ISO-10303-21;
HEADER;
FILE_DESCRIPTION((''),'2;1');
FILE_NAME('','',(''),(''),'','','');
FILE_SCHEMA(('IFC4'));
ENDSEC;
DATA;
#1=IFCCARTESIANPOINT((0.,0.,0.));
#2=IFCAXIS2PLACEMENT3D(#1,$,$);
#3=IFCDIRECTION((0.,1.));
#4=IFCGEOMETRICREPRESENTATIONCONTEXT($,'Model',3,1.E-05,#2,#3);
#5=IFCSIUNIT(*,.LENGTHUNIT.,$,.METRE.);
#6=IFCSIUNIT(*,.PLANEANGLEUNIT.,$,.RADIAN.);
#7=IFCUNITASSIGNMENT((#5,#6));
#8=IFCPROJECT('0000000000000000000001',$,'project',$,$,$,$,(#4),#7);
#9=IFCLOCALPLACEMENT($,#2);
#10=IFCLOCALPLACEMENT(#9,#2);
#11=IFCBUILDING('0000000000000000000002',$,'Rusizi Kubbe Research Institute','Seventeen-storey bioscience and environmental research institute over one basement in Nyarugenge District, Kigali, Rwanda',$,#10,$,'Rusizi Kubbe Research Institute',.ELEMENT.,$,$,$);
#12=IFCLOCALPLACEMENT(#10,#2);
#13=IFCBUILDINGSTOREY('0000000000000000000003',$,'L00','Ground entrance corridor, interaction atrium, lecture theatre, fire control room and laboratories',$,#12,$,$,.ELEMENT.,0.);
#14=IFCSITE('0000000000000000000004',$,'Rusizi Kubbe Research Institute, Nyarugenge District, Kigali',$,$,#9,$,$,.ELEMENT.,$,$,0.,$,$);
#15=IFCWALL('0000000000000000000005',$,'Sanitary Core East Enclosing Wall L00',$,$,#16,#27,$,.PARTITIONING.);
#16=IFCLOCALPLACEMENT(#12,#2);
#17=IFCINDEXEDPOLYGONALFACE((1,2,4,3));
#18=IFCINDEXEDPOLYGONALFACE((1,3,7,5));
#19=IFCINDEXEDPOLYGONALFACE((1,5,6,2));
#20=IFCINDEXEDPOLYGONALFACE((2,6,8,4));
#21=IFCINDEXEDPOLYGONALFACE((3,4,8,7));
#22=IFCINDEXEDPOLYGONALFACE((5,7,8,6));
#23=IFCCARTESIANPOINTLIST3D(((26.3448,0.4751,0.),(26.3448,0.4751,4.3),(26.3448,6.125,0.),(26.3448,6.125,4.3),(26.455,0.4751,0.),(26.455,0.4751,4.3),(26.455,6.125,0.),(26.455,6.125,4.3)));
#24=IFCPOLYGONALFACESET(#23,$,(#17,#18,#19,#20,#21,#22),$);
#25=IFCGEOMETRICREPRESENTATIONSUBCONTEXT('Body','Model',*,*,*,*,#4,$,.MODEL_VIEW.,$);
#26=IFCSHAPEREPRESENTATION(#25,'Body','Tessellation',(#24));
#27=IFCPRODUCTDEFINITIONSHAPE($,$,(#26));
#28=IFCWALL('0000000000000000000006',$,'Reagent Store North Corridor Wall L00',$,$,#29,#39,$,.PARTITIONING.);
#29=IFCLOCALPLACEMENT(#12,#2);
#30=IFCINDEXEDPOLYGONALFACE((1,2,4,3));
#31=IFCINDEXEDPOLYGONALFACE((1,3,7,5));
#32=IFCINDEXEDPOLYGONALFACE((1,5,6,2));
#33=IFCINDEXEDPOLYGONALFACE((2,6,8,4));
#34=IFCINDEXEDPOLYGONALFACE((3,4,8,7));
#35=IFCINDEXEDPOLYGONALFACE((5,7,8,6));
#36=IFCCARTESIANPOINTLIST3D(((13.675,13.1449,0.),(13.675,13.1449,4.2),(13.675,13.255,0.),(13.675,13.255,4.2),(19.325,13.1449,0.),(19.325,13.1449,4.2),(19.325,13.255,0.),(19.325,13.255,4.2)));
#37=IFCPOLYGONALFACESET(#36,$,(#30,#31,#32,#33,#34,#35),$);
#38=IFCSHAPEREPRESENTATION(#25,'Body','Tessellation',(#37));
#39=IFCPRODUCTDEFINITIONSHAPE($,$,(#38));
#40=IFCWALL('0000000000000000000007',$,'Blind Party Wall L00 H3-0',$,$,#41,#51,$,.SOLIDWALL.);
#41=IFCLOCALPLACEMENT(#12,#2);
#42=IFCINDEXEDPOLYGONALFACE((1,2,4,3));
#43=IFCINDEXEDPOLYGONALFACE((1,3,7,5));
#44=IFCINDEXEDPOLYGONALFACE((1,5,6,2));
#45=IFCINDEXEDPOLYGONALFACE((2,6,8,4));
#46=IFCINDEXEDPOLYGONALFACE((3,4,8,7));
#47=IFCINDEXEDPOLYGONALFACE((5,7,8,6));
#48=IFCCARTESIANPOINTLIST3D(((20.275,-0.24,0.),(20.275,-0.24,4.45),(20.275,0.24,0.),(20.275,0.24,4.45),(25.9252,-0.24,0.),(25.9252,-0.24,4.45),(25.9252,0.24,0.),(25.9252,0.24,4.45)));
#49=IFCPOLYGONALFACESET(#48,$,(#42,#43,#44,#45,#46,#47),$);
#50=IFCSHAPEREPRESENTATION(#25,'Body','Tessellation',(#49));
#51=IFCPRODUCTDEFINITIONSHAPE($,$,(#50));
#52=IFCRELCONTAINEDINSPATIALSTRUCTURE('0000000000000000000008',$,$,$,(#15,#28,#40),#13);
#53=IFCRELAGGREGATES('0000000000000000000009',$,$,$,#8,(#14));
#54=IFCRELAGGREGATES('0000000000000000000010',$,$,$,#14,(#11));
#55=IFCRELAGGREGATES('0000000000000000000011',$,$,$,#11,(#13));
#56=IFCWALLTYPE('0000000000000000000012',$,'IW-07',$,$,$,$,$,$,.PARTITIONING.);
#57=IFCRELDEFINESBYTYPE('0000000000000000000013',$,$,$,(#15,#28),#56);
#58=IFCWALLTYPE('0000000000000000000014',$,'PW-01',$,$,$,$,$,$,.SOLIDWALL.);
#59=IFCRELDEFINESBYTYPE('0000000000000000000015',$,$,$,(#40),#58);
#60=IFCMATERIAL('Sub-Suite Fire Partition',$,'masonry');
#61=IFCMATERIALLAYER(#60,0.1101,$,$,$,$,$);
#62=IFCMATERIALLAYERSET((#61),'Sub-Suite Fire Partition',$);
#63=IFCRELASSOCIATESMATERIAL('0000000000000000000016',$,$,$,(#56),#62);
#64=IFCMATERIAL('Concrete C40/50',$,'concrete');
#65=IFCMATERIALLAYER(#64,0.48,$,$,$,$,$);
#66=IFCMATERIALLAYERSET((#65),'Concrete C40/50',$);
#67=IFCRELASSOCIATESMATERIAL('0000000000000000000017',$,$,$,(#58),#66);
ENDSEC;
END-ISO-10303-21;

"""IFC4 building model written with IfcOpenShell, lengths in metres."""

from ifc_helpers import new_model, si_unit, direction, frame, frame_2d, origin, place, context, subcontext, project, spatial, rectangle, extrude, material, layer, layer_set, type_object, element, save


model = new_model("IFC4")

# Units and contexts
model_context = context("Model", 3, precision=1e-05, world=origin(), true_north=direction((0.0, 1.0)))
body_context = subcontext(model_context, "Body", "Model", "MODEL_VIEW")
ifc_project = project(units=[si_unit("LENGTHUNIT", "METRE"), si_unit("PLANEANGLEUNIT", "RADIAN")], contexts=[model_context])

# Site, building, storey
site_placement = place(None, origin())
site = spatial("IfcSite", under=ifc_project, at=site_placement, Name="Rusizi Kubbe Research Institute, Nyarugenge District, Kigali", CompositionType="ELEMENT", RefElevation=0.0)
building_placement = place(site_placement, origin())
building = spatial("IfcBuilding", under=site, at=building_placement, Name="Rusizi Kubbe Research Institute", Description="Seventeen-storey bioscience and environmental research institute over one basement in Nyarugenge District, Kigali, Rwanda", LongName="Rusizi Kubbe Research Institute", CompositionType="ELEMENT")
storey_placement = place(building_placement, origin())
storey = spatial("IfcBuildingStorey", under=building, at=storey_placement, Name="L00", Description="Ground entrance corridor, interaction atrium, lecture theatre, fire control room and laboratories", CompositionType="ELEMENT", Elevation=0.0)

# Walls
ifc_material_1 = material(Name="Sub-Suite Fire Partition", Category="masonry")
ifc_layer_1 = layer(ifc_material_1, 0.1101)
ifc_layer_set_1 = layer_set([ifc_layer_1], Name="Sub-Suite Fire Partition")
wall_type_1 = type_object("IfcWallType", Name="IW-07", PredefinedType="PARTITIONING", material=ifc_layer_set_1)
wall_1_placement = place(storey_placement, frame((26.3999, 0.4751, 0.0), z_axis=(0.0, 0.0, 1.0), x_axis=(0.0, 1.0, 0.0)))
element("IfcWall", 1, at=wall_1_placement, inside=storey, type_object=wall_type_1, Name="Sanitary Core East Enclosing Wall L00", PredefinedType="PARTITIONING", context=body_context, shape_type="SweptSolid", body=[
    extrude(rectangle(XDim=5.6499, YDim=0.1101, at=frame_2d((2.825, 0.0))), origin(), (0.0, 0.0, 1.0), 4.3),
])
wall_2_placement = place(storey_placement, frame((13.675, 13.2, 0.0), z_axis=(0.0, 0.0, 1.0), x_axis=(1.0, 0.0, 0.0)))
element("IfcWall", 2, at=wall_2_placement, inside=storey, type_object=wall_type_1, Name="Reagent Store North Corridor Wall L00", PredefinedType="PARTITIONING", context=body_context, shape_type="SweptSolid", body=[
    extrude(rectangle(XDim=5.6499, YDim=0.1101, at=frame_2d((2.825, 0.0))), origin(), (0.0, 0.0, 1.0), 4.2),
])
ifc_material_2 = material(Name="Concrete C40/50", Category="concrete")
ifc_layer_2 = layer(ifc_material_2, 0.48)
ifc_layer_set_2 = layer_set([ifc_layer_2], Name="Concrete C40/50")
wall_type_2 = type_object("IfcWallType", Name="PW-01", PredefinedType="SOLIDWALL", material=ifc_layer_set_2)
wall_3_placement = place(storey_placement, frame((20.2749, 0.0, 0.0), z_axis=(0.0, 0.0, 1.0), x_axis=(1.0, 0.0, 0.0)))
element("IfcWall", 3, at=wall_3_placement, inside=storey, type_object=wall_type_2, Name="Blind Party Wall L00 H3-0", PredefinedType="SOLIDWALL", context=body_context, shape_type="SweptSolid", body=[
    extrude(rectangle(XDim=5.6501, YDim=0.48, at=frame_2d((2.8252, 0.0))), origin(), (0.0, 0.0, 1.0), 4.45),
])

save(model, "model.ifc")
